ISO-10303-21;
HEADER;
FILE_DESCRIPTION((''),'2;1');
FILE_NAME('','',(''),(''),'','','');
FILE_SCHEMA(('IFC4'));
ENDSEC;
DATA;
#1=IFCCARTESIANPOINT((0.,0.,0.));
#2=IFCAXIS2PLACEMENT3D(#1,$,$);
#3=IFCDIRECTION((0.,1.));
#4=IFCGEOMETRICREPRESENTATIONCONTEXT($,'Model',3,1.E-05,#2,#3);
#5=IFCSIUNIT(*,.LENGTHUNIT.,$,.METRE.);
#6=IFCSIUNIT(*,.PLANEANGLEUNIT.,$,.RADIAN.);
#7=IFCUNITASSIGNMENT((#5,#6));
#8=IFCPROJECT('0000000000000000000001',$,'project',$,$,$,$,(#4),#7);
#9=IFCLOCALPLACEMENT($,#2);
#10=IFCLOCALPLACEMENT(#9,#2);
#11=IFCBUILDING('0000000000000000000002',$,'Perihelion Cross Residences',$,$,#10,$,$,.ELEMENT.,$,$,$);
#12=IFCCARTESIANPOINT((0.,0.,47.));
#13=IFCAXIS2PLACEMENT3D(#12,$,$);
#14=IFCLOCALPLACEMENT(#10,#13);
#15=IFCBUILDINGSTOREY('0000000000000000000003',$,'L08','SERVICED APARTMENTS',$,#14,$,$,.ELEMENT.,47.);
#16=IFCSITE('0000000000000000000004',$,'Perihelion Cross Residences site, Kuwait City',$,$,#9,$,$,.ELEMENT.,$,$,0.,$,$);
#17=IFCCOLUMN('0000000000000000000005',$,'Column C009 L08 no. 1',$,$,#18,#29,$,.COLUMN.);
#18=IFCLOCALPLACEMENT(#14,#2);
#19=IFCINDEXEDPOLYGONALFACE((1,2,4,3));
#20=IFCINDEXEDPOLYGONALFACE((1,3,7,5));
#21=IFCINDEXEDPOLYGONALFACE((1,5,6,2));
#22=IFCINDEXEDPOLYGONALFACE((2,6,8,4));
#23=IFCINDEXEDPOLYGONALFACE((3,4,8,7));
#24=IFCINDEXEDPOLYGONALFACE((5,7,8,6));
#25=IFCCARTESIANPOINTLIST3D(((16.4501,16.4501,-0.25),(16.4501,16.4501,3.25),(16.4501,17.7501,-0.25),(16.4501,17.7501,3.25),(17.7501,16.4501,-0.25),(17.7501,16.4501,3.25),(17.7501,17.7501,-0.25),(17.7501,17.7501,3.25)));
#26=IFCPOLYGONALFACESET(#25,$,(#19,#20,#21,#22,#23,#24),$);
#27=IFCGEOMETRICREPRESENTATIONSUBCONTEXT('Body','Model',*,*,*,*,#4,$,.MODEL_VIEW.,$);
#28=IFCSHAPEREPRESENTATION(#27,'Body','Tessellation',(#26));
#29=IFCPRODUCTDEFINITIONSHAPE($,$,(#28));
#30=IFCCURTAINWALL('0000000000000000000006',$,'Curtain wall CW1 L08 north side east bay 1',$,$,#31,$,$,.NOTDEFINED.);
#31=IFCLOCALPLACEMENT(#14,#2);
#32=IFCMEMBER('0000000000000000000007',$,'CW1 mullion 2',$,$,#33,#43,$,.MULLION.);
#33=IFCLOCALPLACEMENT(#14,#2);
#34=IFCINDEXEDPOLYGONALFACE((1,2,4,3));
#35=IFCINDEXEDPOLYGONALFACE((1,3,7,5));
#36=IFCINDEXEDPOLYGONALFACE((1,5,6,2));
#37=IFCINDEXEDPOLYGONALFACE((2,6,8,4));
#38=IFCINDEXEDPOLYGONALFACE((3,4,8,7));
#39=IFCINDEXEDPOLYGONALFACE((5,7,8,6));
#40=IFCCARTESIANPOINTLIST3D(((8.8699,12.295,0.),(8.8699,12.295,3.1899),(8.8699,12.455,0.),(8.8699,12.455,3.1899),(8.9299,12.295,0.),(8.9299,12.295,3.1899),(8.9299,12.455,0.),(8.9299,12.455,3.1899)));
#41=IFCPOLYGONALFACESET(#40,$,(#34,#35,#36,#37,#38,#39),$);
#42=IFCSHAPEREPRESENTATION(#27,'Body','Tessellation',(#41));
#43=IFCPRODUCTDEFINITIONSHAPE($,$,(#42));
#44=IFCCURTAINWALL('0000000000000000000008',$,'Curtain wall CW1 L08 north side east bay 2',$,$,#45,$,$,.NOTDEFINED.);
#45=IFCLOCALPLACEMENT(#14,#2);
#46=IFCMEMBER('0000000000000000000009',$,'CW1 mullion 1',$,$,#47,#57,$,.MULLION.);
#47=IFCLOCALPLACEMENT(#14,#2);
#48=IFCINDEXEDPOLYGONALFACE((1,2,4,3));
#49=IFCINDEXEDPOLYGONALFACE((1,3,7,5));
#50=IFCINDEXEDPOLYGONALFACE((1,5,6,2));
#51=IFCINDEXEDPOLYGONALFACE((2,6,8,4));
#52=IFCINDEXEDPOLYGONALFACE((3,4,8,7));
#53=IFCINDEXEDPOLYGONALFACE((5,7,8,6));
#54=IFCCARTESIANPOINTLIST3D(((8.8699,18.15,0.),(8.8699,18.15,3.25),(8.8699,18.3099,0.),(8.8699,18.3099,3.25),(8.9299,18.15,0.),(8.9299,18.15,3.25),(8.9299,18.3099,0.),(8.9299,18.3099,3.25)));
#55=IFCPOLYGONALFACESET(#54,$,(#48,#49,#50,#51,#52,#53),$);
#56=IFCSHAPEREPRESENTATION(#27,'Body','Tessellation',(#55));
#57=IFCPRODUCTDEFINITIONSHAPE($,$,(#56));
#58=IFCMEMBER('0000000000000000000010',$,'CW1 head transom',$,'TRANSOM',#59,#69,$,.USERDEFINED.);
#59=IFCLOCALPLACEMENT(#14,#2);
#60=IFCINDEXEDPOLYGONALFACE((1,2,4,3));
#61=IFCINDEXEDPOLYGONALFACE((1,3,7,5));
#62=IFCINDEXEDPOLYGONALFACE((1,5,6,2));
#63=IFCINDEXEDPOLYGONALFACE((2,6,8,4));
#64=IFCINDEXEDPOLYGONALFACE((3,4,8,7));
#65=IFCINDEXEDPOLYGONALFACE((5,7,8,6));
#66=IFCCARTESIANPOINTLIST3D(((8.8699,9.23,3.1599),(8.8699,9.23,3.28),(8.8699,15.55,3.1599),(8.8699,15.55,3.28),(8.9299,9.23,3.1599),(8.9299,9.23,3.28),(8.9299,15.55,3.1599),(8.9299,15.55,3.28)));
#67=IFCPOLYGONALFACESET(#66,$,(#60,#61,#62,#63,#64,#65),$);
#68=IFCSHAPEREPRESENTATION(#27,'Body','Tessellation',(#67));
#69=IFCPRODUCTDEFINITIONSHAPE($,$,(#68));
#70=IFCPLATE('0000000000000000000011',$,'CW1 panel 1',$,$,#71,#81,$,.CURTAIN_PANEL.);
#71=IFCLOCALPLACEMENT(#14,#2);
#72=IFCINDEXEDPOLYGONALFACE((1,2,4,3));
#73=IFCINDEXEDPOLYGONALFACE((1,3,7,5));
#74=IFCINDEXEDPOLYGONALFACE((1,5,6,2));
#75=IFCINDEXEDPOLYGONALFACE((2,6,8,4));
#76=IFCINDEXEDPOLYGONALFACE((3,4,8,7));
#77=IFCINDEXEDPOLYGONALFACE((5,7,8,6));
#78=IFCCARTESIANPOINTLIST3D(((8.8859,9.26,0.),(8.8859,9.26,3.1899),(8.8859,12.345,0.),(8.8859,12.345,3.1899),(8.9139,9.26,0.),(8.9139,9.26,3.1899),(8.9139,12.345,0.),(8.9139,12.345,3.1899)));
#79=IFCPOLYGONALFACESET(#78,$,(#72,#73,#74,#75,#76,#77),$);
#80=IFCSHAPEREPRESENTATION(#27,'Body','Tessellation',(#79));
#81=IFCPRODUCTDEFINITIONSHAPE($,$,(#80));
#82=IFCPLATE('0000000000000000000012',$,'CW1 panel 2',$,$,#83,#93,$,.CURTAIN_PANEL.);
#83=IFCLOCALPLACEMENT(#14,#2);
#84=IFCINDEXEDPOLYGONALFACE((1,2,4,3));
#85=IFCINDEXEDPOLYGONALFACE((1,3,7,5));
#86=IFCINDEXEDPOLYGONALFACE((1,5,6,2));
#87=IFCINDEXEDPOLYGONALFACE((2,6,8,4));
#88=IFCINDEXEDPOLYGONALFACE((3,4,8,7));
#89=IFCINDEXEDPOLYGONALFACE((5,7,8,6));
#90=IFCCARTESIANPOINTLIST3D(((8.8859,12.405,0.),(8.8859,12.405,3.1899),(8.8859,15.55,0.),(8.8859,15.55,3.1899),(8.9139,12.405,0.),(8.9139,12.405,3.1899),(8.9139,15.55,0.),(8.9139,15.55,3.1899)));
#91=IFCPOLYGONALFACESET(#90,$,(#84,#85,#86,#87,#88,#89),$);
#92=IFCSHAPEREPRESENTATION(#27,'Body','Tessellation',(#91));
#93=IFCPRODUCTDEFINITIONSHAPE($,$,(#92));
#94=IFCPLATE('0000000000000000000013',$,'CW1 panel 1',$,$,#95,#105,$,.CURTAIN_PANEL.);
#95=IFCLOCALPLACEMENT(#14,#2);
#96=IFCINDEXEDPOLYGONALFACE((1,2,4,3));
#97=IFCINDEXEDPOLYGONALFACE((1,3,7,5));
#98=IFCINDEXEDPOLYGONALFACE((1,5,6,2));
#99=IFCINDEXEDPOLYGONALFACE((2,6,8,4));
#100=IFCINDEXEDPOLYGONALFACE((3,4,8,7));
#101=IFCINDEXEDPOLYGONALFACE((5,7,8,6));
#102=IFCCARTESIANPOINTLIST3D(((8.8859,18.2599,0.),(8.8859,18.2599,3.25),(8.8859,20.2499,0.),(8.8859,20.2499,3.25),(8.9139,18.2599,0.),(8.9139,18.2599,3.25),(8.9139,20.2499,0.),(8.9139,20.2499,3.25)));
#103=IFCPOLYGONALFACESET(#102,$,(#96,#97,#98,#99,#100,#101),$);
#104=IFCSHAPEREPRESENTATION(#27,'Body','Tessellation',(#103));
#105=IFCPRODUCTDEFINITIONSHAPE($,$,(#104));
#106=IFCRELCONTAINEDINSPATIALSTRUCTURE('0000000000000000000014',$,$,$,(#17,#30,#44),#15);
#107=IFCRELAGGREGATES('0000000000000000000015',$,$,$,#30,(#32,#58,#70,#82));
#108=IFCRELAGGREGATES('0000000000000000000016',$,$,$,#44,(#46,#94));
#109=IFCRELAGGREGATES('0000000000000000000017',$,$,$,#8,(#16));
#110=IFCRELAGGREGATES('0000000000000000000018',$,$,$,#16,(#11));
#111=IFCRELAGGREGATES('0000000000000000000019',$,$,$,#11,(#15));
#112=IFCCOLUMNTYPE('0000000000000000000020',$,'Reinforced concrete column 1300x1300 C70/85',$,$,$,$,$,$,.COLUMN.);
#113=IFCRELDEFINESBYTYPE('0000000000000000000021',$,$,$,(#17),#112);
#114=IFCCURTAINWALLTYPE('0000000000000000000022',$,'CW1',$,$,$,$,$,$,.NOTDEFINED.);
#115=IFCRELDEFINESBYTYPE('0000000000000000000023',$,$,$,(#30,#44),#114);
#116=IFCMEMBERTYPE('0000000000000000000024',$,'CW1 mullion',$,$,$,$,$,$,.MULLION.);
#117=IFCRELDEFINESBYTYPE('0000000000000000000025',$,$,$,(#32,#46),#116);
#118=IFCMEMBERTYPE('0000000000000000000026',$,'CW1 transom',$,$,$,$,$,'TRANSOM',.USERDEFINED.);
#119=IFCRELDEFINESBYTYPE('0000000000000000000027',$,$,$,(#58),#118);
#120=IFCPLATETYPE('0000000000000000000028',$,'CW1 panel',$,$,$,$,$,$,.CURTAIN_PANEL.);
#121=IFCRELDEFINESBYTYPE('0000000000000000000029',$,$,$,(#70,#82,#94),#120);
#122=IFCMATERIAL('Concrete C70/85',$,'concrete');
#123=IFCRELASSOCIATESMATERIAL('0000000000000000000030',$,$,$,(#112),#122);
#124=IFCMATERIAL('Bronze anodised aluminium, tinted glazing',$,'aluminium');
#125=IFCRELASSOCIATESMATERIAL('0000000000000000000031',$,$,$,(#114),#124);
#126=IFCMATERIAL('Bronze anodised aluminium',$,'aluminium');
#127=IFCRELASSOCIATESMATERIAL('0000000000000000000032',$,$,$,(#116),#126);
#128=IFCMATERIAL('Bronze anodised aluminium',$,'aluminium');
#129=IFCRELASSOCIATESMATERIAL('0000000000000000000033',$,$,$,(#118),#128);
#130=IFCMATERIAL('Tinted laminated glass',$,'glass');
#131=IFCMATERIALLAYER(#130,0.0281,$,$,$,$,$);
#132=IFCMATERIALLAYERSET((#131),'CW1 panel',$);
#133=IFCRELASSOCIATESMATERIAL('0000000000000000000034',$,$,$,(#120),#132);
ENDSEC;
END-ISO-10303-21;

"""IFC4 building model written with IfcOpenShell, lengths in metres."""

from ifc_helpers import new_model, si_unit, direction, frame, origin, origin_2d, place, context, subcontext, project, spatial, rectangle, extrude, material, layer, layer_set, material_profile, profile_set, type_object, element, aggregate, save


model = new_model("IFC4")

# Units and contexts
model_context = context("Model", 3, precision=1e-05, world=origin(), true_north=direction((0.0, 1.0)))
body_context = subcontext(model_context, "Body", "Model", "MODEL_VIEW")
ifc_project = project(units=[si_unit("LENGTHUNIT", "METRE"), si_unit("PLANEANGLEUNIT", "RADIAN")], contexts=[model_context])

# Site, building, storey
site_placement = place(None, origin())
site = spatial("IfcSite", under=ifc_project, at=site_placement, Name="Perihelion Cross Residences site, Kuwait City", CompositionType="ELEMENT", RefElevation=0.0)
building_placement = place(site_placement, origin())
building = spatial("IfcBuilding", under=site, at=building_placement, Name="Perihelion Cross Residences", CompositionType="ELEMENT")
storey_placement = place(building_placement, frame((0.0, 0.0, 47.0)))
storey = spatial("IfcBuildingStorey", under=building, at=storey_placement, Name="L08", Description="SERVICED APARTMENTS", CompositionType="ELEMENT", Elevation=47.0)

# Column
ifc_material_1 = material(Name="Concrete C70/85", Category="concrete")
ifc_material_profile_1 = material_profile(ifc_material_1, rectangle(XDim=1.3, YDim=1.3, at=origin_2d()), Name="RC 1300x1300")
ifc_profile_set_1 = profile_set([ifc_material_profile_1], Name="Concrete C70/85")
column_type = type_object("IfcColumnType", Name="Reinforced concrete column 1300x1300 C70/85", PredefinedType="COLUMN", material=ifc_profile_set_1)
column_placement = place(storey_placement, frame((17.1001, 17.1001, -0.25), z_axis=(0.0, 0.0, 1.0), x_axis=(1.0, 0.0, 0.0)))
element("IfcColumn", 1, at=column_placement, inside=storey, type_object=column_type, Name="Column C009 L08 no. 1", PredefinedType="COLUMN", context=body_context, shape_type="SweptSolid", body=[
    extrude(rectangle(XDim=1.3, YDim=1.3, at=origin_2d()), origin(), (0.0, 0.0, 1.0), 3.5),
])

# Curtain walls, members
ifc_material_2 = material(Name="Bronze anodised aluminium, tinted glazing", Category="aluminium")
curtain_wall_type = type_object("IfcCurtainWallType", Name="CW1", PredefinedType="NOTDEFINED", material=ifc_material_2)
curtain_wall_1_placement = place(storey_placement, origin())
curtain_wall_1 = element("IfcCurtainWall", 2, at=curtain_wall_1_placement, inside=storey, type_object=curtain_wall_type, Name="Curtain wall CW1 L08 north side east bay 1", PredefinedType="NOTDEFINED")
ifc_material_3 = material(Name="Bronze anodised aluminium", Category="aluminium")
ifc_material_profile_2 = material_profile(ifc_material_3, rectangle(XDim=0.0601, YDim=0.1599, at=origin_2d()), Name="CW1 mullion")
ifc_profile_set_2 = profile_set([ifc_material_profile_2], Name="Bronze anodised aluminium")
member_type_1 = type_object("IfcMemberType", Name="CW1 mullion", PredefinedType="MULLION", material=ifc_profile_set_2)
member_1_placement = place(storey_placement, frame((8.8999, 12.375, 0.0), z_axis=(0.0, 0.0, 1.0), x_axis=(-1.0, 0.0, 0.0)))
member_1 = element("IfcMember", 3, at=member_1_placement, type_object=member_type_1, Name="CW1 mullion 2", PredefinedType="MULLION", context=body_context, shape_type="SweptSolid", body=[
    extrude(rectangle(XDim=0.0601, YDim=0.1599, at=origin_2d()), origin(), (0.0, 0.0, 1.0), 3.1899),
])
curtain_wall_2_placement = place(storey_placement, origin())
curtain_wall_2 = element("IfcCurtainWall", 4, at=curtain_wall_2_placement, inside=storey, type_object=curtain_wall_type, Name="Curtain wall CW1 L08 north side east bay 2", PredefinedType="NOTDEFINED")
member_2_placement = place(storey_placement, frame((8.8999, 18.23, 0.0), z_axis=(0.0, 0.0, 1.0), x_axis=(-1.0, 0.0, 0.0)))
member_2 = element("IfcMember", 5, at=member_2_placement, type_object=member_type_1, Name="CW1 mullion 1", PredefinedType="MULLION", context=body_context, shape_type="SweptSolid", body=[
    extrude(rectangle(XDim=0.0601, YDim=0.1599, at=origin_2d()), origin(), (0.0, 0.0, 1.0), 3.25),
])

# Member
ifc_material_4 = material(Name="Bronze anodised aluminium", Category="aluminium")
ifc_material_profile_3 = material_profile(ifc_material_4, rectangle(XDim=0.0601, YDim=0.1201, at=origin_2d()), Name="CW1 transom")
ifc_profile_set_3 = profile_set([ifc_material_profile_3], Name="Bronze anodised aluminium")
member_type_2 = type_object("IfcMemberType", Name="CW1 transom", ElementType="TRANSOM", PredefinedType="USERDEFINED", material=ifc_profile_set_3)
member_3_placement = place(storey_placement, frame((8.8999, 9.23, 3.22), z_axis=(0.0, 1.0, 0.0), x_axis=(-1.0, 0.0, 0.0)))
member_3 = element("IfcMember", 6, at=member_3_placement, type_object=member_type_2, Name="CW1 head transom", ObjectType="TRANSOM", PredefinedType="USERDEFINED", context=body_context, shape_type="SweptSolid", body=[
    extrude(rectangle(XDim=0.0601, YDim=0.1201, at=origin_2d()), origin(), (0.0, 0.0, 1.0), 6.3201),
])

# Plates
ifc_material_5 = material(Name="Tinted laminated glass", Category="glass")
ifc_layer_1 = layer(ifc_material_5, 0.0281)
ifc_layer_set_1 = layer_set([ifc_layer_1], Name="CW1 panel")
plate_type = type_object("IfcPlateType", Name="CW1 panel", PredefinedType="CURTAIN_PANEL", material=ifc_layer_set_1)
plate_1_placement = place(storey_placement, frame((8.8999, 10.8025, 0.0), z_axis=(0.0, 0.0, 1.0), x_axis=(0.0, 1.0, 0.0)))
plate_1 = element("IfcPlate", 7, at=plate_1_placement, type_object=plate_type, Name="CW1 panel 1", PredefinedType="CURTAIN_PANEL", context=body_context, shape_type="SweptSolid", body=[
    extrude(rectangle(XDim=3.085, YDim=0.0281, at=origin_2d()), origin(), (0.0, 0.0, 1.0), 3.1899),
])
plate_2_placement = place(storey_placement, frame((8.8999, 13.9775, 0.0), z_axis=(0.0, 0.0, 1.0), x_axis=(0.0, 1.0, 0.0)))
plate_2 = element("IfcPlate", 8, at=plate_2_placement, type_object=plate_type, Name="CW1 panel 2", PredefinedType="CURTAIN_PANEL", context=body_context, shape_type="SweptSolid", body=[
    extrude(rectangle(XDim=3.145, YDim=0.0281, at=origin_2d()), origin(), (0.0, 0.0, 1.0), 3.1899),
])
aggregate(curtain_wall_1, [member_1, member_3, plate_1, plate_2])
plate_3_placement = place(storey_placement, frame((8.8999, 19.2549, 0.0), z_axis=(0.0, 0.0, 1.0), x_axis=(0.0, 1.0, 0.0)))
plate_3 = element("IfcPlate", 9, at=plate_3_placement, type_object=plate_type, Name="CW1 panel 1", PredefinedType="CURTAIN_PANEL", context=body_context, shape_type="SweptSolid", body=[
    extrude(rectangle(XDim=1.99, YDim=0.0281, at=origin_2d()), origin(), (0.0, 0.0, 1.0), 3.25),
])
aggregate(curtain_wall_2, [member_2, plate_3])

save(model, "model.ifc")
